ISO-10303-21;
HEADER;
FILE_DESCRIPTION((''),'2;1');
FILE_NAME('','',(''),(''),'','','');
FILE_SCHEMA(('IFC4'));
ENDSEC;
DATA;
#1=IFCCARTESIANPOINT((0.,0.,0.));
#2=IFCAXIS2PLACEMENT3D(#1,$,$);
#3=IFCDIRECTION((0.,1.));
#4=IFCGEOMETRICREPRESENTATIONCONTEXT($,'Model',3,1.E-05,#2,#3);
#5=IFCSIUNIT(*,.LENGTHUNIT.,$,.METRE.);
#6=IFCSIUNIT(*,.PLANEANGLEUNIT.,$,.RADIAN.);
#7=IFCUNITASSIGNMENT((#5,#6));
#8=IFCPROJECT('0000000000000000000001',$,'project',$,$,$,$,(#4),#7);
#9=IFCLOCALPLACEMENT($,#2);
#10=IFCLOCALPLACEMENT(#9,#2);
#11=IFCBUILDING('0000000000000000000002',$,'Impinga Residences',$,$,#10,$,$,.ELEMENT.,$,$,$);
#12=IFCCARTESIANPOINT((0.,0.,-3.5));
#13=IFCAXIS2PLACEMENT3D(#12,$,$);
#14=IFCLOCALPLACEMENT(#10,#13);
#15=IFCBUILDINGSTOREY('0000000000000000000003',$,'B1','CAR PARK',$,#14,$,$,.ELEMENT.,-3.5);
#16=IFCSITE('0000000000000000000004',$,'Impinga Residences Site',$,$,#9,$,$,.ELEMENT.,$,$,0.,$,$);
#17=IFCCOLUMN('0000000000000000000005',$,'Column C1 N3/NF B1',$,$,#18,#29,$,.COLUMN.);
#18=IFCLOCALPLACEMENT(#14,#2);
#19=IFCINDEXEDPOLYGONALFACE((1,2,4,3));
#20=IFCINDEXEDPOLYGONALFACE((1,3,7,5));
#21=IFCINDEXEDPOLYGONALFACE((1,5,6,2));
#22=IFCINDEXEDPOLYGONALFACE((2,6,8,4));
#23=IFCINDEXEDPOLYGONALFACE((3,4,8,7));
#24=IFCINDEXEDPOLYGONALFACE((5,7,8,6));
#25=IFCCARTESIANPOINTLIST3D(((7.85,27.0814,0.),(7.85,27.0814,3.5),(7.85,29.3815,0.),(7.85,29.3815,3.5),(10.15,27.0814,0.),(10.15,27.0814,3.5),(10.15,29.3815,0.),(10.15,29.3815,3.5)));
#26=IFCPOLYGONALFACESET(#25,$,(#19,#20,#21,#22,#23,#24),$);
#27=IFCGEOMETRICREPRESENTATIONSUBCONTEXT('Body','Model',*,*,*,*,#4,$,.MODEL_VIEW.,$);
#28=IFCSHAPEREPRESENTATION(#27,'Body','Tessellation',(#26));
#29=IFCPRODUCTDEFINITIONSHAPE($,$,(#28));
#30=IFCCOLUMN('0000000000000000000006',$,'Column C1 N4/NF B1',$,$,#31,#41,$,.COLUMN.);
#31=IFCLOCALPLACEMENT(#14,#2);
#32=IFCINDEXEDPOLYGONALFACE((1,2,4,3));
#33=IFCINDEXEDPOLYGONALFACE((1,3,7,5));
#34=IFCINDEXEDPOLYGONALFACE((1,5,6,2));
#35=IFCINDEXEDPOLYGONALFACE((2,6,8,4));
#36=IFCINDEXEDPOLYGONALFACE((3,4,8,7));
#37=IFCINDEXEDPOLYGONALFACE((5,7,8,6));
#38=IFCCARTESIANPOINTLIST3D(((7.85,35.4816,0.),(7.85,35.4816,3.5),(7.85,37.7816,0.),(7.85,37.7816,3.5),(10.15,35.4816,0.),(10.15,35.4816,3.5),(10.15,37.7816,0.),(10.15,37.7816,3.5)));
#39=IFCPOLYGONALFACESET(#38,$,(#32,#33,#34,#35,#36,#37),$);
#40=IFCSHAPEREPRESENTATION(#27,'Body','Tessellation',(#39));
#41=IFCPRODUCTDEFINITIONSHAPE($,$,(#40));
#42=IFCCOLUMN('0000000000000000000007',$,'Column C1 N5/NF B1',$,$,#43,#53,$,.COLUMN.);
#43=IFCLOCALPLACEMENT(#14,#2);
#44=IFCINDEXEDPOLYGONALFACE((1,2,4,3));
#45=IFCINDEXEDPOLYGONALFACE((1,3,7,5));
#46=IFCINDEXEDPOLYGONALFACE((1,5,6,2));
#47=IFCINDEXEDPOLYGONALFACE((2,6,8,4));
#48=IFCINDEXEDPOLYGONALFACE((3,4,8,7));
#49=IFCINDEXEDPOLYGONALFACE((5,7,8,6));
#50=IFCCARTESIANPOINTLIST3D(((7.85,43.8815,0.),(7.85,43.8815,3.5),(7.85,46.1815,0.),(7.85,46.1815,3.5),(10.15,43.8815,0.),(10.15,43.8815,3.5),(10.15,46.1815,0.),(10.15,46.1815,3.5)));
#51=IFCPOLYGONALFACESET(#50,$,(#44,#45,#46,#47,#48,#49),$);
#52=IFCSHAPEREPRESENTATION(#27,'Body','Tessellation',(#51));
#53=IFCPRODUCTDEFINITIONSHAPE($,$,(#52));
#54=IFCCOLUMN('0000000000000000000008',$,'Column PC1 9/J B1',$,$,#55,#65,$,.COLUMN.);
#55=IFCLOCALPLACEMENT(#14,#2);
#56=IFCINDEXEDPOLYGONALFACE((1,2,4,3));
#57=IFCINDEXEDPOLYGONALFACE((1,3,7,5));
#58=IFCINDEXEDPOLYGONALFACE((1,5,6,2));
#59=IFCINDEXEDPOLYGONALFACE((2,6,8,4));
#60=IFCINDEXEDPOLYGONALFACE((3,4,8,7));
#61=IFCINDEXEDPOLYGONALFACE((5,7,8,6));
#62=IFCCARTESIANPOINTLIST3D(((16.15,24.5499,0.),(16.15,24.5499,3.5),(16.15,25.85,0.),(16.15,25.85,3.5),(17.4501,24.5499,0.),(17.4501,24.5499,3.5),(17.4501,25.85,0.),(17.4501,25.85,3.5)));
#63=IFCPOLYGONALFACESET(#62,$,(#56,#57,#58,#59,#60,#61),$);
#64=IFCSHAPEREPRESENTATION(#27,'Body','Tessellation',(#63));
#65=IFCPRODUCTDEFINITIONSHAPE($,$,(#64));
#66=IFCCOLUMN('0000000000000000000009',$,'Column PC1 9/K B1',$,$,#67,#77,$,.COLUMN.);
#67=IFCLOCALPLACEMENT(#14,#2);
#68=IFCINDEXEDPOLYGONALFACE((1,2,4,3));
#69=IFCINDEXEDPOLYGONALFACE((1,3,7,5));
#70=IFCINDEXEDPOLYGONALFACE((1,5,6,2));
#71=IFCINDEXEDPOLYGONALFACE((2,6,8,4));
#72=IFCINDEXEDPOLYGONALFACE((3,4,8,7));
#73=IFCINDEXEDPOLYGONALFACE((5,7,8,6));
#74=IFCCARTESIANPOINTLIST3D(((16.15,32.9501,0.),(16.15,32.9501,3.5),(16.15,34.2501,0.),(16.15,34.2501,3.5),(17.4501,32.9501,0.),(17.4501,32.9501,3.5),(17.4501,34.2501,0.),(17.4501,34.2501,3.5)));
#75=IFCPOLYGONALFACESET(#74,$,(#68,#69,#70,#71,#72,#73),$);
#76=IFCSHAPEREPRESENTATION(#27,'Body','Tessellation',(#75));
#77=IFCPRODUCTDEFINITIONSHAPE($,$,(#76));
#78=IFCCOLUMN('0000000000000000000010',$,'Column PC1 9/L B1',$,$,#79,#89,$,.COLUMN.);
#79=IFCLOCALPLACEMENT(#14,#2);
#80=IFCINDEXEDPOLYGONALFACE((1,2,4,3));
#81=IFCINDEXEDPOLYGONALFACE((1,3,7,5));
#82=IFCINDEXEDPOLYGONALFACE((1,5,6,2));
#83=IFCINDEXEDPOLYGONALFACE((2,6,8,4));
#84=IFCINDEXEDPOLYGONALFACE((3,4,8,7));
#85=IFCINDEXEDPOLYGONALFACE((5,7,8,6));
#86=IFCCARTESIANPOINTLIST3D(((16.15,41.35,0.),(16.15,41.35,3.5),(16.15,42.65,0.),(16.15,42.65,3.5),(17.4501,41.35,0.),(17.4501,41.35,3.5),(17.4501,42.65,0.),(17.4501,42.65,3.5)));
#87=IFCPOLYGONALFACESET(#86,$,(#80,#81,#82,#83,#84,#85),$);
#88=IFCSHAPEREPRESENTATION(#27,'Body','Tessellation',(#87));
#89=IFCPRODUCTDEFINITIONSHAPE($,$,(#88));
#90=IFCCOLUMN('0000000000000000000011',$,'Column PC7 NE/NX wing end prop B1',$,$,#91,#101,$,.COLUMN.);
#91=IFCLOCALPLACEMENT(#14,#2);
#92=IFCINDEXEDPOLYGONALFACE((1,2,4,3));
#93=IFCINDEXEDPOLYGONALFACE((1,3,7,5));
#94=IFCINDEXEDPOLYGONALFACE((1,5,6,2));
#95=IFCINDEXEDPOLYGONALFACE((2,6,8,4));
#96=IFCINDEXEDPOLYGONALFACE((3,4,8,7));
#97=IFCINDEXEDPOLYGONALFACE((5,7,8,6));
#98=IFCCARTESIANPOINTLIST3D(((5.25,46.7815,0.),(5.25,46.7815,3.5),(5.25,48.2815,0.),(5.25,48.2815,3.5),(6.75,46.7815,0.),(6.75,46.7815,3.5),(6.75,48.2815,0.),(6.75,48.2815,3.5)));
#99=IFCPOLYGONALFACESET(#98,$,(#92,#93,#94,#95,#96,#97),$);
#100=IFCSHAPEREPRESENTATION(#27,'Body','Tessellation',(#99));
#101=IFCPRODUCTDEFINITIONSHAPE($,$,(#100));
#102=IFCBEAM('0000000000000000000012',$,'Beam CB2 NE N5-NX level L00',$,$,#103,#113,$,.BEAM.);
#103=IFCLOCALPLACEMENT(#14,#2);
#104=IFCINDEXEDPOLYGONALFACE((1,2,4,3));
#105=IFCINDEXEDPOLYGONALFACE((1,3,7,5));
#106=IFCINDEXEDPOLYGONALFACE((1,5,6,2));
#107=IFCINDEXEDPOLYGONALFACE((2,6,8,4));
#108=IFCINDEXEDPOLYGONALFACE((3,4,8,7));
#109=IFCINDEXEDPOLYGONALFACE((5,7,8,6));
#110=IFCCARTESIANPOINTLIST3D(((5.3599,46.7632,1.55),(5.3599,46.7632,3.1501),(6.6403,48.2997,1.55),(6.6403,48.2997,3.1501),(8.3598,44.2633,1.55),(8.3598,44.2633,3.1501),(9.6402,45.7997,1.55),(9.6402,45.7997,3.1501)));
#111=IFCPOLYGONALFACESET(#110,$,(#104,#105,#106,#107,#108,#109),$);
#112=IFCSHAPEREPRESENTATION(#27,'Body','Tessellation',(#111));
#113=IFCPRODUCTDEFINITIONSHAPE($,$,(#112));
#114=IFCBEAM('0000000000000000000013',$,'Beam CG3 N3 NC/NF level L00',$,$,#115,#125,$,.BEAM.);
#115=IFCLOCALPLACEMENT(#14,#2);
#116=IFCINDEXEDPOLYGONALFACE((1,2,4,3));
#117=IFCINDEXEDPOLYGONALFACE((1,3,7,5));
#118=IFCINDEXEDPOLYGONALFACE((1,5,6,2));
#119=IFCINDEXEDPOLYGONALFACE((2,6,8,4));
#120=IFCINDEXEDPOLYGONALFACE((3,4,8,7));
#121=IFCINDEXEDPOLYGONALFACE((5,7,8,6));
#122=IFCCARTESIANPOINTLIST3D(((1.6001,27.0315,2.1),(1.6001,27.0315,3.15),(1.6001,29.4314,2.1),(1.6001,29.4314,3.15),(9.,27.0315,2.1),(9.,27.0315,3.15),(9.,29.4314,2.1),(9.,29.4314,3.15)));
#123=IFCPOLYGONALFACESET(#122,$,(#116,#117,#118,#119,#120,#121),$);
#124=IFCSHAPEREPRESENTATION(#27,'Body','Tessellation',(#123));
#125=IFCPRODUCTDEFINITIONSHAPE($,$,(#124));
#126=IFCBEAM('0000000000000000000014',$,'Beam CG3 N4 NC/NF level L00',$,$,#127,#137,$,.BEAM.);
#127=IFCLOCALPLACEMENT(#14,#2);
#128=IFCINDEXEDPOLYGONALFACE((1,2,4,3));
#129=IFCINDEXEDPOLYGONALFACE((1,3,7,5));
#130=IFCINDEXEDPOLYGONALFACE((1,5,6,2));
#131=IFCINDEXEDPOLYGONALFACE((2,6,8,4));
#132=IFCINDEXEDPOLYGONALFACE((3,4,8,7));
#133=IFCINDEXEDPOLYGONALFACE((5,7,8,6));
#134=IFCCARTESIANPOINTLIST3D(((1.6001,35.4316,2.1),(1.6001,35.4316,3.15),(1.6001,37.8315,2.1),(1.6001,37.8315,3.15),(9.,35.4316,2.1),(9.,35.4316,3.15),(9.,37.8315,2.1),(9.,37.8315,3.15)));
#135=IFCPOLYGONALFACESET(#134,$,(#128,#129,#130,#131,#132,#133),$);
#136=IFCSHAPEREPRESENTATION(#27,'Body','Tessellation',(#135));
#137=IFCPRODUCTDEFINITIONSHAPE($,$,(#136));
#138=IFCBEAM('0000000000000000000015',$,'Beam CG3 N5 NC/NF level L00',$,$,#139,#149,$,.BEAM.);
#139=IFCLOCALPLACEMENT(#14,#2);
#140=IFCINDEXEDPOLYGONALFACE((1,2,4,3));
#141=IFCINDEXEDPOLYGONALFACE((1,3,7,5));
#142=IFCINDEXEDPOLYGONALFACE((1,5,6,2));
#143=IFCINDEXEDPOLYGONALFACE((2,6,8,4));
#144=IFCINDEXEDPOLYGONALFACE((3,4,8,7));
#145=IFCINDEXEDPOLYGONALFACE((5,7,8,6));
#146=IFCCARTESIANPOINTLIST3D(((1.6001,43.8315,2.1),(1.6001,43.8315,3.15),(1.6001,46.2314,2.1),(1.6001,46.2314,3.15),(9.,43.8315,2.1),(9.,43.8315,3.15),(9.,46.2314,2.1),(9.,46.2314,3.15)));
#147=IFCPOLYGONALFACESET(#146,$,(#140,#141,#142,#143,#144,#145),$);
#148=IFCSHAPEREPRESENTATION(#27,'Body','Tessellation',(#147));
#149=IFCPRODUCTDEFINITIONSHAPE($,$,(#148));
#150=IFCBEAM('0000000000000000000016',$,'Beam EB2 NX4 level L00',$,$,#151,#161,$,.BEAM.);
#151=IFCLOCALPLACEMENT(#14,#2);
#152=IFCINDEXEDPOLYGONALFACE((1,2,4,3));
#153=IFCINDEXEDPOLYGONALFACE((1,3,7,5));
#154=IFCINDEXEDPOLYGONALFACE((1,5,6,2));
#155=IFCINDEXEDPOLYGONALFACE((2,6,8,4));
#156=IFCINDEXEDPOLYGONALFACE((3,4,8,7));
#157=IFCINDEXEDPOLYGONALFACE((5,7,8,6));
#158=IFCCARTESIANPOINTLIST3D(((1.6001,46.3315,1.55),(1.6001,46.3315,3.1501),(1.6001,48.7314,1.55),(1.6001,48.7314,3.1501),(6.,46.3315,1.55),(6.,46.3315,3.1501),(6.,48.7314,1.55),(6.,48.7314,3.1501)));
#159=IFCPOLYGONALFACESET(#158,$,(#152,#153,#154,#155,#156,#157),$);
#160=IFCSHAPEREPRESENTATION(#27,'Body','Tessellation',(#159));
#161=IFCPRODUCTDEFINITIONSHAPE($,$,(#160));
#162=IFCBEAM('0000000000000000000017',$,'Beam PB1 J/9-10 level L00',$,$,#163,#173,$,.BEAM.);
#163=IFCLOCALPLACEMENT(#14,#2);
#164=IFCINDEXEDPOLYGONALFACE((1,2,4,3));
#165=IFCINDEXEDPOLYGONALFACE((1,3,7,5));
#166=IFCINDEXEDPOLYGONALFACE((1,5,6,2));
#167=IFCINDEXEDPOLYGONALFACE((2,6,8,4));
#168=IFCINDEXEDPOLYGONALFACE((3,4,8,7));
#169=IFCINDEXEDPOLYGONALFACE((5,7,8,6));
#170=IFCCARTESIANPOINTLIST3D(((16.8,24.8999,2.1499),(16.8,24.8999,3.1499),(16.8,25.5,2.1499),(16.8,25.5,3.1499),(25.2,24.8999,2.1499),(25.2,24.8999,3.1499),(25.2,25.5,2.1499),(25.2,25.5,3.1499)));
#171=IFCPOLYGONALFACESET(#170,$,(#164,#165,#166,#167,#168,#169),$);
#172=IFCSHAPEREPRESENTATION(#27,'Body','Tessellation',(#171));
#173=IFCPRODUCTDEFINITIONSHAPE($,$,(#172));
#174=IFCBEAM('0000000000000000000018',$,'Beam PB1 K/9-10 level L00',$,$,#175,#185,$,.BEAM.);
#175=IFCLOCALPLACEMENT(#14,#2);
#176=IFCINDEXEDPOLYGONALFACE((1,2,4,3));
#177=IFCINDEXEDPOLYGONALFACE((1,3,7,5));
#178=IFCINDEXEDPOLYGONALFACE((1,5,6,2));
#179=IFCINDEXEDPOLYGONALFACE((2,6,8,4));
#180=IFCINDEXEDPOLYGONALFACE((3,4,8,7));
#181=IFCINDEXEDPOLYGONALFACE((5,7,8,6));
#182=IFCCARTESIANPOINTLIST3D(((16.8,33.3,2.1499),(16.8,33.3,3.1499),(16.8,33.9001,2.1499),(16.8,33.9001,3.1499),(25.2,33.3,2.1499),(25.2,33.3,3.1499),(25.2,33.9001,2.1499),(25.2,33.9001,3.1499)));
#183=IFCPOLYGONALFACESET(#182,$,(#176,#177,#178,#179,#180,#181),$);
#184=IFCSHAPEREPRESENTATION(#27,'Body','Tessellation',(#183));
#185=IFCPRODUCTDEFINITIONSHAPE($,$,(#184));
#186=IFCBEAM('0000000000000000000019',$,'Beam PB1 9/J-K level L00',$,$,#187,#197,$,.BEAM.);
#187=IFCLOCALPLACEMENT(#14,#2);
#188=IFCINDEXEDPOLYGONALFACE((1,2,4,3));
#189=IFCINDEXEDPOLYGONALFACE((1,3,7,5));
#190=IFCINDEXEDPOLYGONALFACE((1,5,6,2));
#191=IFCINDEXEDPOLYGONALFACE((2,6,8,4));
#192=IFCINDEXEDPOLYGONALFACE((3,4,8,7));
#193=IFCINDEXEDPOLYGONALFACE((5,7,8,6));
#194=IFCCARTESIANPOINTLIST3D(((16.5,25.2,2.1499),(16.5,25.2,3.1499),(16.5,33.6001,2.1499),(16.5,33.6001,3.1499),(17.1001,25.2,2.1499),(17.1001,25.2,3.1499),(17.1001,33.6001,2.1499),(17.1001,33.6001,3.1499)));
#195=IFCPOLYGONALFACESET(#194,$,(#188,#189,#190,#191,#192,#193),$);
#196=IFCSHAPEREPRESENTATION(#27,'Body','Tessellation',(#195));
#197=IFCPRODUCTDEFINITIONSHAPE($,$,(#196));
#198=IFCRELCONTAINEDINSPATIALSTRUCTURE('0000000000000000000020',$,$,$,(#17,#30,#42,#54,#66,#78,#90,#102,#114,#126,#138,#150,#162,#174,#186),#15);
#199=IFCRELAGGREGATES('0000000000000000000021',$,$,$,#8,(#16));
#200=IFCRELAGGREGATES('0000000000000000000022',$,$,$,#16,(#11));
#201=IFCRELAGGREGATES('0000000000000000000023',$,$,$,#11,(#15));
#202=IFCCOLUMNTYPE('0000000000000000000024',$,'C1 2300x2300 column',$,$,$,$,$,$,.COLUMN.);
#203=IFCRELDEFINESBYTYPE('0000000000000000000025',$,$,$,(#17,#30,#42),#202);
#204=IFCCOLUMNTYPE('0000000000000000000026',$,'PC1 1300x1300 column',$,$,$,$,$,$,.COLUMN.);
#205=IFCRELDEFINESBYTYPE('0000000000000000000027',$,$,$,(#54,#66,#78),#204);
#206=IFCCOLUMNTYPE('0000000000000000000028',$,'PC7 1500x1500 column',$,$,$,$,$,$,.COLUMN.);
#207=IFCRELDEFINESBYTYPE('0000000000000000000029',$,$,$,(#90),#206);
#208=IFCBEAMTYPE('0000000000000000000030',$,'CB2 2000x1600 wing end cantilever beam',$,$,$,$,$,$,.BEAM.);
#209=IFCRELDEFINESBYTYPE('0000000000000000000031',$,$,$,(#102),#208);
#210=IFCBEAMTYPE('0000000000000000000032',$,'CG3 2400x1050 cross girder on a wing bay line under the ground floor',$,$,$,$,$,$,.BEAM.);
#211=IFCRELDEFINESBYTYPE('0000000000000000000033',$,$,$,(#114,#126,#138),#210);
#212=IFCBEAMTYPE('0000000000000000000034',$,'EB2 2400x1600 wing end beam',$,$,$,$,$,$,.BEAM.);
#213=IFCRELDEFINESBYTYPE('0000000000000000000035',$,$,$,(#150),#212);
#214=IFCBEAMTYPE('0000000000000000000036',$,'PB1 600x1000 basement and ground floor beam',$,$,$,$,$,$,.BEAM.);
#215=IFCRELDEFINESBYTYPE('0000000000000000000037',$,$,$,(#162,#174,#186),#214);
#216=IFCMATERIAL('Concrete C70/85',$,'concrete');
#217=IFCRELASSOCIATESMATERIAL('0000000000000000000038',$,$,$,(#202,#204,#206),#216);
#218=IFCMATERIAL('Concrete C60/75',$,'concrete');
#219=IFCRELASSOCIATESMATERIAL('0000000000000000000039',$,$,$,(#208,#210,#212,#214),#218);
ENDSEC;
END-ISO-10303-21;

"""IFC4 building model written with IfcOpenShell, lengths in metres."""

from ifc_helpers import new_model, si_unit, direction, frame, origin, origin_2d, place, context, subcontext, project, spatial, rectangle, extrude, material, material_profile, profile_set, type_object, element, save


model = new_model("IFC4")

# Units and contexts
model_context = context("Model", 3, precision=1e-05, world=origin(), true_north=direction((0.0, 1.0)))
body_context = subcontext(model_context, "Body", "Model", "MODEL_VIEW")
ifc_project = project(units=[si_unit("LENGTHUNIT", "METRE"), si_unit("PLANEANGLEUNIT", "RADIAN")], contexts=[model_context])

# Site, building, storey
site_placement = place(None, origin())
site = spatial("IfcSite", under=ifc_project, at=site_placement, Name="Impinga Residences Site", CompositionType="ELEMENT", RefElevation=0.0)
building_placement = place(site_placement, origin())
building = spatial("IfcBuilding", under=site, at=building_placement, Name="Impinga Residences", CompositionType="ELEMENT")
storey_placement = place(building_placement, frame((0.0, 0.0, -3.5)))
storey = spatial("IfcBuildingStorey", under=building, at=storey_placement, Name="B1", Description="CAR PARK", CompositionType="ELEMENT", Elevation=-3.5)

# Columns
ifc_material_1 = material(Name="Concrete C70/85", Category="concrete")
ifc_material_profile_1 = material_profile(ifc_material_1, rectangle(XDim=2.3, YDim=2.3, at=origin_2d()), Name="RC 2300x2300")
ifc_profile_set_1 = profile_set([ifc_material_profile_1], Name="Concrete C70/85")
column_type_1 = type_object("IfcColumnType", Name="C1 2300x2300 column", PredefinedType="COLUMN", material=ifc_profile_set_1)
for number, where, z_axis, x_axis, name in (
    (1, (9.0, 28.2314, 0.0), (0.0, 0.0, 1.0), (1.0, 0.0, 0.0), "Column C1 N3/NF B1"),
    (2, (9.0, 36.6316, 0.0), (0.0, 0.0, 1.0), (1.0, 0.0, 0.0), "Column C1 N4/NF B1"),
    (3, (9.0, 45.0315, 0.0), (0.0, 0.0, 1.0), (1.0, 0.0, 0.0), "Column C1 N5/NF B1"),
):
    element("IfcColumn", number, at=place(storey_placement, frame(where, z_axis=z_axis, x_axis=x_axis)), inside=storey, type_object=column_type_1, Name=name, PredefinedType="COLUMN", context=body_context, shape_type="SweptSolid", body=[
        extrude(rectangle(XDim=2.3, YDim=2.3, at=origin_2d()), origin(), (0.0, 0.0, 1.0), 3.5),
    ])
ifc_material_profile_2 = material_profile(ifc_material_1, rectangle(XDim=1.3, YDim=1.3, at=origin_2d()), Name="RC 1300x1300")
ifc_profile_set_2 = profile_set([ifc_material_profile_2], Name="Concrete C70/85")
column_type_2 = type_object("IfcColumnType", Name="PC1 1300x1300 column", PredefinedType="COLUMN", material=ifc_profile_set_2)
for number, where, z_axis, x_axis, name in (
    (4, (16.8, 25.2, 0.0), (0.0, 0.0, 1.0), (1.0, 0.0, 0.0), "Column PC1 9/J B1"),
    (5, (16.8, 33.6001, 0.0), (0.0, 0.0, 1.0), (1.0, 0.0, 0.0), "Column PC1 9/K B1"),
    (6, (16.8, 42.0, 0.0), (0.0, 0.0, 1.0), (1.0, 0.0, 0.0), "Column PC1 9/L B1"),
):
    element("IfcColumn", number, at=place(storey_placement, frame(where, z_axis=z_axis, x_axis=x_axis)), inside=storey, type_object=column_type_2, Name=name, PredefinedType="COLUMN", context=body_context, shape_type="SweptSolid", body=[
        extrude(rectangle(XDim=1.3, YDim=1.3, at=origin_2d()), origin(), (0.0, 0.0, 1.0), 3.5),
    ])
ifc_material_profile_3 = material_profile(ifc_material_1, rectangle(XDim=1.5, YDim=1.5, at=origin_2d()), Name="RC 1500x1500")
ifc_profile_set_3 = profile_set([ifc_material_profile_3], Name="Concrete C70/85")
column_type_3 = type_object("IfcColumnType", Name="PC7 1500x1500 column", PredefinedType="COLUMN", material=ifc_profile_set_3)
column_placement = place(storey_placement, frame((6.0, 47.5315, 0.0), z_axis=(0.0, 0.0, 1.0), x_axis=(1.0, 0.0, 0.0)))
element("IfcColumn", 7, at=column_placement, inside=storey, type_object=column_type_3, Name="Column PC7 NE/NX wing end prop B1", PredefinedType="COLUMN", context=body_context, shape_type="SweptSolid", body=[
    extrude(rectangle(XDim=1.5, YDim=1.5, at=origin_2d()), origin(), (0.0, 0.0, 1.0), 3.5),
])

# Beams
ifc_material_2 = material(Name="Concrete C60/75", Category="concrete")
ifc_material_profile_4 = material_profile(ifc_material_2, rectangle(XDim=2.0, YDim=1.6001, at=origin_2d()), Name="RC 2000x1600")
ifc_profile_set_4 = profile_set([ifc_material_profile_4], Name="Concrete C60/75")
beam_type_1 = type_object("IfcBeamType", Name="CB2 2000x1600 wing end cantilever beam", PredefinedType="BEAM", material=ifc_profile_set_4)
beam_1_placement = place(storey_placement, frame((9.0, 45.0315, 2.3501), z_axis=(-0.768221, 0.640184, 0.0), x_axis=(-0.640184, -0.768221, 0.0)))
element("IfcBeam", 8, at=beam_1_placement, inside=storey, type_object=beam_type_1, Name="Beam CB2 NE N5-NX level L00", PredefinedType="BEAM", context=body_context, shape_type="SweptSolid", body=[
    extrude(rectangle(XDim=2.0, YDim=1.6001, at=origin_2d()), origin(), (0.0, 0.0, 1.0), 3.905),
])
ifc_material_profile_5 = material_profile(ifc_material_2, rectangle(XDim=2.3999, YDim=1.05, at=origin_2d()), Name="RC 2400x1050")
ifc_profile_set_5 = profile_set([ifc_material_profile_5], Name="Concrete C60/75")
beam_type_2 = type_object("IfcBeamType", Name="CG3 2400x1050 cross girder on a wing bay line under the ground floor", PredefinedType="BEAM", material=ifc_profile_set_5)
for number, where, z_axis, x_axis, name in (
    (9, (1.6001, 28.2314, 2.625), (1.0, 0.0, 0.0), (0.0, 1.0, 0.0), "Beam CG3 N3 NC/NF level L00"),
    (10, (1.6001, 36.6316, 2.625), (1.0, 0.0, 0.0), (0.0, 1.0, 0.0), "Beam CG3 N4 NC/NF level L00"),
    (11, (1.6001, 45.0315, 2.625), (1.0, 0.0, 0.0), (0.0, 1.0, 0.0), "Beam CG3 N5 NC/NF level L00"),
):
    element("IfcBeam", number, at=place(storey_placement, frame(where, z_axis=z_axis, x_axis=x_axis)), inside=storey, type_object=beam_type_2, Name=name, PredefinedType="BEAM", context=body_context, shape_type="SweptSolid", body=[
        extrude(rectangle(XDim=2.3999, YDim=1.05, at=origin_2d()), origin(), (0.0, 0.0, 1.0), 7.3999),
    ])
ifc_material_profile_6 = material_profile(ifc_material_2, rectangle(XDim=2.3999, YDim=1.6001, at=origin_2d()), Name="RC 2400x1600")
ifc_profile_set_6 = profile_set([ifc_material_profile_6], Name="Concrete C60/75")
beam_type_3 = type_object("IfcBeamType", Name="EB2 2400x1600 wing end beam", PredefinedType="BEAM", material=ifc_profile_set_6)
beam_2_placement = place(storey_placement, frame((1.6001, 47.5315, 2.3501), z_axis=(1.0, 0.0, 0.0), x_axis=(0.0, 1.0, 0.0)))
element("IfcBeam", 12, at=beam_2_placement, inside=storey, type_object=beam_type_3, Name="Beam EB2 NX4 level L00", PredefinedType="BEAM", context=body_context, shape_type="SweptSolid", body=[
    extrude(rectangle(XDim=2.3999, YDim=1.6001, at=origin_2d()), origin(), (0.0, 0.0, 1.0), 4.3999),
])
ifc_material_profile_7 = material_profile(ifc_material_2, rectangle(XDim=0.6001, YDim=1.0, at=origin_2d()), Name="RC 600x1000")
ifc_profile_set_7 = profile_set([ifc_material_profile_7], Name="Concrete C60/75")
beam_type_4 = type_object("IfcBeamType", Name="PB1 600x1000 basement and ground floor beam", PredefinedType="BEAM", material=ifc_profile_set_7)
for number, where, z_axis, x_axis, name in (
    (13, (16.8, 25.2, 2.6499), (1.0, 0.0, 0.0), (0.0, 1.0, 0.0), "Beam PB1 J/9-10 level L00"),
    (14, (16.8, 33.6001, 2.6499), (1.0, 0.0, 0.0), (0.0, 1.0, 0.0), "Beam PB1 K/9-10 level L00"),
):
    element("IfcBeam", number, at=place(storey_placement, frame(where, z_axis=z_axis, x_axis=x_axis)), inside=storey, type_object=beam_type_4, Name=name, PredefinedType="BEAM", context=body_context, shape_type="SweptSolid", body=[
        extrude(rectangle(XDim=0.6001, YDim=1.0, at=origin_2d()), origin(), (0.0, 0.0, 1.0), 8.3999),
    ])
beam_3_placement = place(storey_placement, frame((16.8, 25.2, 2.6499), z_axis=(0.0, 1.0, 0.0), x_axis=(-1.0, 0.0, 0.0)))
element("IfcBeam", 15, at=beam_3_placement, inside=storey, type_object=beam_type_4, Name="Beam PB1 9/J-K level L00", PredefinedType="BEAM", context=body_context, shape_type="SweptSolid", body=[
    extrude(rectangle(XDim=0.6001, YDim=1.0, at=origin_2d()), origin(), (0.0, 0.0, 1.0), 8.4001),
])

save(model, "model.ifc")
